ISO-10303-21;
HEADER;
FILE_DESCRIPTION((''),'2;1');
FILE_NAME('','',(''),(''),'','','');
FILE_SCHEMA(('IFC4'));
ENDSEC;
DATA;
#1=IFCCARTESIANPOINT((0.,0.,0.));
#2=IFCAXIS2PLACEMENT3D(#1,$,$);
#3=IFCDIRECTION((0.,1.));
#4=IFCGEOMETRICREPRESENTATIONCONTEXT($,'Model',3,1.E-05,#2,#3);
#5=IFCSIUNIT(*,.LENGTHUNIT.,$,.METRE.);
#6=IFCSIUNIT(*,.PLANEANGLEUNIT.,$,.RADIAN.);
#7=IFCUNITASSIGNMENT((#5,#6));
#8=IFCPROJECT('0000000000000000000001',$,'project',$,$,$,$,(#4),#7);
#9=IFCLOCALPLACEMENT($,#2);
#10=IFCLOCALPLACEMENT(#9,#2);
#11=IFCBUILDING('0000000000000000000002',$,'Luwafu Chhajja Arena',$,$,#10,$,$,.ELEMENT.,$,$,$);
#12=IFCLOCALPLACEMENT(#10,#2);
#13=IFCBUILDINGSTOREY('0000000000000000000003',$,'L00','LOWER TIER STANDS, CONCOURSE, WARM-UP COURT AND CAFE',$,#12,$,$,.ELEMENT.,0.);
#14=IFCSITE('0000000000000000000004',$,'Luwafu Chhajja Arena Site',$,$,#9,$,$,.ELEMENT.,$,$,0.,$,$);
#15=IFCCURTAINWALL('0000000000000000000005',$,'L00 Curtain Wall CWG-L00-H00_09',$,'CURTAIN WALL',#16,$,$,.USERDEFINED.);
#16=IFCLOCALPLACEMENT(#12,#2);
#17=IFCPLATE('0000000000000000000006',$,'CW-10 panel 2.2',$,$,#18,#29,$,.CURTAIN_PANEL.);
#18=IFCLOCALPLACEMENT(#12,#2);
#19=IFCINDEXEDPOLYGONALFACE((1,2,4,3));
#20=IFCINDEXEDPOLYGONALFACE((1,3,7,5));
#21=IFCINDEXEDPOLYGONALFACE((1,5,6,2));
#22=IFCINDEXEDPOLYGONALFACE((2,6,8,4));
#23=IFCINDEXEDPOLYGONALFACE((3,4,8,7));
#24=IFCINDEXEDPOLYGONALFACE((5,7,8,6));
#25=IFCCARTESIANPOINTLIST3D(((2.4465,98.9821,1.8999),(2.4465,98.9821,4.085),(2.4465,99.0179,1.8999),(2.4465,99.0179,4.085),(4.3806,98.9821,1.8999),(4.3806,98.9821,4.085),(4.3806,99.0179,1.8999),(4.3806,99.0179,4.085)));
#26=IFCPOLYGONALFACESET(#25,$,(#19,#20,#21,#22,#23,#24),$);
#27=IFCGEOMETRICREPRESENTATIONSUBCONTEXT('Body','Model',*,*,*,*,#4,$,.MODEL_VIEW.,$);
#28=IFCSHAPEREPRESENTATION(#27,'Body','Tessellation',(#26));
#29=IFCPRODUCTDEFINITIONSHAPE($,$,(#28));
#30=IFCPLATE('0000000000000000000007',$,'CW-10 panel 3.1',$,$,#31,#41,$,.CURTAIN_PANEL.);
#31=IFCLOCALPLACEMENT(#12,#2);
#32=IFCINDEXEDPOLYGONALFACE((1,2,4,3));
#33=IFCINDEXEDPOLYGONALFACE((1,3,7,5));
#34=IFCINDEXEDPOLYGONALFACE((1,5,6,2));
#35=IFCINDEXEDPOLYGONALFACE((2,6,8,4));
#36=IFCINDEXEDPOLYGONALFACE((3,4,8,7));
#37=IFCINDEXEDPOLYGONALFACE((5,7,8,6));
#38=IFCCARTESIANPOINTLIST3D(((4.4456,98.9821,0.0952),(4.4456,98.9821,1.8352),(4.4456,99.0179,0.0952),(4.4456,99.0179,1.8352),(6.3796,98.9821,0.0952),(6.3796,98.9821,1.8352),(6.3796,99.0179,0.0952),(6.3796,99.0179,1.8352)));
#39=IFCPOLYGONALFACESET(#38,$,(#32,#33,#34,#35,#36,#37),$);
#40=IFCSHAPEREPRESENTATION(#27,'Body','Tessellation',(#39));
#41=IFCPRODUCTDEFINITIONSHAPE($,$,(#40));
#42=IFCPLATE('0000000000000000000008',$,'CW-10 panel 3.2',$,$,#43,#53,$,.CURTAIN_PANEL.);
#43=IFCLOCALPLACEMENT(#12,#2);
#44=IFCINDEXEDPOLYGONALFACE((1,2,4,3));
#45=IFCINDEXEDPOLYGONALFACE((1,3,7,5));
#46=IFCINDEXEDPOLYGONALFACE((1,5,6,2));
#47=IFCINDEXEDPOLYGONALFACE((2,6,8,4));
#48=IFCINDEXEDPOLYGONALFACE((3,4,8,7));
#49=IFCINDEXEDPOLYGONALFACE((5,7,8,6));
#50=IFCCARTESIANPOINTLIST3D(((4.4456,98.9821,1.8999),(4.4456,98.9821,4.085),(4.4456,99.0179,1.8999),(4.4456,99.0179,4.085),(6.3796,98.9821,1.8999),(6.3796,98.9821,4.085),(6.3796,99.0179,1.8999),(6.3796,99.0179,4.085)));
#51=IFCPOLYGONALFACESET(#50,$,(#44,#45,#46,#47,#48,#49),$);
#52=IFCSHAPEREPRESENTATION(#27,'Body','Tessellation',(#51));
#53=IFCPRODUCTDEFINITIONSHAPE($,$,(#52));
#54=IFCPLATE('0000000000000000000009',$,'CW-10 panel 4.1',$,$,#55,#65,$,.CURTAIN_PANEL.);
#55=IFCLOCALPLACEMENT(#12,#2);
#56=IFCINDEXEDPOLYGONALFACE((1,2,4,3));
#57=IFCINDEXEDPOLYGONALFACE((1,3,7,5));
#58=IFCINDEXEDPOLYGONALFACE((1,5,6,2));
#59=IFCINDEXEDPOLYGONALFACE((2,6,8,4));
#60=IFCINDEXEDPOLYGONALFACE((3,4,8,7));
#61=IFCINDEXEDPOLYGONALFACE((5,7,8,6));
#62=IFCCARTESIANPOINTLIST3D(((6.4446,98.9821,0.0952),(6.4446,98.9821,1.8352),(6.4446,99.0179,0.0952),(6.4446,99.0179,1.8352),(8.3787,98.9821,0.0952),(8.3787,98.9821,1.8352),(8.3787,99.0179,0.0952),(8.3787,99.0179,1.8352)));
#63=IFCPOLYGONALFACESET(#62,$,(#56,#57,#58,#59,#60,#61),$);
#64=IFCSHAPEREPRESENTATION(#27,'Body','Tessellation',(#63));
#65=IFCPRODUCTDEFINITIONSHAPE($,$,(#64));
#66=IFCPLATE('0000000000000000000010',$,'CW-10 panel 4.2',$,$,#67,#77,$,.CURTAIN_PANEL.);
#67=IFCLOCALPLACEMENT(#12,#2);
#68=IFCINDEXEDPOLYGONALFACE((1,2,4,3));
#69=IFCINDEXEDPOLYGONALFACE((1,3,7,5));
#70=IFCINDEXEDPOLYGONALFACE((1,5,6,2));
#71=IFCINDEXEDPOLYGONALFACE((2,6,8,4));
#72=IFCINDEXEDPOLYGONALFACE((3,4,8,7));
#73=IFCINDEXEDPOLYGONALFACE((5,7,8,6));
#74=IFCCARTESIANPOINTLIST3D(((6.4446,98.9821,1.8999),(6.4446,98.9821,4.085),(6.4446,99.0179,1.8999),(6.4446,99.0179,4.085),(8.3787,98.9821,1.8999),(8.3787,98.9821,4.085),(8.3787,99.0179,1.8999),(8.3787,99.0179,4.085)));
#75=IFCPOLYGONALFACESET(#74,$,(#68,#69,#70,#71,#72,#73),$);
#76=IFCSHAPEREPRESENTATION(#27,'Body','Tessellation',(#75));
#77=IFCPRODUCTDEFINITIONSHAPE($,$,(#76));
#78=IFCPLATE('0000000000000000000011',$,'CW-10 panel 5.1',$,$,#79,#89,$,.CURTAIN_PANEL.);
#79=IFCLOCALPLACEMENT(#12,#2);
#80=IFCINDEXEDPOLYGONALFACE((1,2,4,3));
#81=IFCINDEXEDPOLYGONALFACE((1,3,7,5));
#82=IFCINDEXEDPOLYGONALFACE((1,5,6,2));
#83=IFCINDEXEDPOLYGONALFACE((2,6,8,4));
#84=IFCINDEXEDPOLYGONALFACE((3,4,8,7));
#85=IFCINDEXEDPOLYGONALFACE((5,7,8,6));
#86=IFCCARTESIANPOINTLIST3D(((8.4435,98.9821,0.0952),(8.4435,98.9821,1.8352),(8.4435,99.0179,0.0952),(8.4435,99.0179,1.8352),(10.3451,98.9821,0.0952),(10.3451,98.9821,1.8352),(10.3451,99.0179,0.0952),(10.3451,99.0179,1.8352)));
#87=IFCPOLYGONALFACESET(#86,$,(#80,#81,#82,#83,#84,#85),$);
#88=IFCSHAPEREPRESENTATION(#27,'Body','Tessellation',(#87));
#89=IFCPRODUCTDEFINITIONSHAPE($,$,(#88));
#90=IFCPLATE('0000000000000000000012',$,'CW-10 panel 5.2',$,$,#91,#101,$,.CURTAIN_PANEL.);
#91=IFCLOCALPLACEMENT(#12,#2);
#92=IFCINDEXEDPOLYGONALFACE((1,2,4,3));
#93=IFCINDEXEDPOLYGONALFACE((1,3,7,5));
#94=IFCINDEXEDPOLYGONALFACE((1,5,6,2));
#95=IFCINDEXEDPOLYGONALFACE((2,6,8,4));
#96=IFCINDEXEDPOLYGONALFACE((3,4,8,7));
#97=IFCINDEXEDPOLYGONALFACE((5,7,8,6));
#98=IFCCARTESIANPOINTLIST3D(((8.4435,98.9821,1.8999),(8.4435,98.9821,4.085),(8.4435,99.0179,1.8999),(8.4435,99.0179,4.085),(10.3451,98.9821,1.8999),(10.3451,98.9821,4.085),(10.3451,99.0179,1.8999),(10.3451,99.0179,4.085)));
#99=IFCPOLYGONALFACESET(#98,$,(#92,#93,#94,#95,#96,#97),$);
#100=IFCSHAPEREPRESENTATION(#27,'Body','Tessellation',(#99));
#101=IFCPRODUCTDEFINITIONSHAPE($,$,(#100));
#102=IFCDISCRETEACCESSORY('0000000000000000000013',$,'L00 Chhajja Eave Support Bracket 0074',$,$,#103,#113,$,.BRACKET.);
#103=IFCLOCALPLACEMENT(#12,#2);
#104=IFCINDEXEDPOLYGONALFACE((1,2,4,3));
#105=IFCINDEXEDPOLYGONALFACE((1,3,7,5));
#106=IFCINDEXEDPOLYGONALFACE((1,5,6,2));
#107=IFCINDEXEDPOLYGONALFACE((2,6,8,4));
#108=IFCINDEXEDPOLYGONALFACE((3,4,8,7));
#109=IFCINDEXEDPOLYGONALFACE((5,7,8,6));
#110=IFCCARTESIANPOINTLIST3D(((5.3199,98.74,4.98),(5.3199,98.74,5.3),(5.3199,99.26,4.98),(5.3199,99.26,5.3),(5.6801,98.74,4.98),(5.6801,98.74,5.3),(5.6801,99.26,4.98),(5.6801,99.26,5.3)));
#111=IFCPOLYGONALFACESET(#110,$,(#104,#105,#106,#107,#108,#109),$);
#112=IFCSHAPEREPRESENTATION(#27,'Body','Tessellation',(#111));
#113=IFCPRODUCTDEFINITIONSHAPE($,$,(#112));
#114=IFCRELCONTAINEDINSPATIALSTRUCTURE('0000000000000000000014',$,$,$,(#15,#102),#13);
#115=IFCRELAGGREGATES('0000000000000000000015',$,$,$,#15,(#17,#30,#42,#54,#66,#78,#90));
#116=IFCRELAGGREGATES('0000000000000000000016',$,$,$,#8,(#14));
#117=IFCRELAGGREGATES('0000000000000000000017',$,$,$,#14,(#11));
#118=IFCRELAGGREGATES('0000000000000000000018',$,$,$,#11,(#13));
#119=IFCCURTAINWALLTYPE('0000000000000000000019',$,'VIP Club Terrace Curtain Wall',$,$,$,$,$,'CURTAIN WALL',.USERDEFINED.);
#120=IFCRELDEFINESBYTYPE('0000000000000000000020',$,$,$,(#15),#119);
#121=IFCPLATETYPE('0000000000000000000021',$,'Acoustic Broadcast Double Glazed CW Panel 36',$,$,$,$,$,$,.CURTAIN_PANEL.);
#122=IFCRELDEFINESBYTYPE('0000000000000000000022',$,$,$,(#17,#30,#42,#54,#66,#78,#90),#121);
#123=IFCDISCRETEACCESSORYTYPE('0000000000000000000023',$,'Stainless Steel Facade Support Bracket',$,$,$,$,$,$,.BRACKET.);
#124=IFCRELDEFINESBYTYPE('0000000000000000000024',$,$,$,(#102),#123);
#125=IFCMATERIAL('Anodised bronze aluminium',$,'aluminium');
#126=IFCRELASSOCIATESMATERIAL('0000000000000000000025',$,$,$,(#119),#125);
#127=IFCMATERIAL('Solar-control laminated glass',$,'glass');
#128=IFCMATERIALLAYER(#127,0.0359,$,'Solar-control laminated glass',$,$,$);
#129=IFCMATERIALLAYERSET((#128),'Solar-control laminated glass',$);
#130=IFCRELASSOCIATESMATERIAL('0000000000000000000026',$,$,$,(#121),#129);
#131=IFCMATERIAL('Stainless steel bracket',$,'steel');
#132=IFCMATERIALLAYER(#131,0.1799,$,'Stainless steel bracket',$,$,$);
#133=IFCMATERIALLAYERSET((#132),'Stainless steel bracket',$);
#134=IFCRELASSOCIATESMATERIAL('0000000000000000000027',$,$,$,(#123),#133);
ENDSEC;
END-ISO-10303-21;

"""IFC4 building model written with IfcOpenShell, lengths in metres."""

from ifc_helpers import new_model, si_unit, direction, frame, origin, origin_2d, place, context, subcontext, project, spatial, rectangle, extrude, material, layer, layer_set, type_object, element, aggregate, save


model = new_model("IFC4")

# Units and contexts
model_context = context("Model", 3, precision=1e-05, world=origin(), true_north=direction((0.0, 1.0)))
body_context = subcontext(model_context, "Body", "Model", "MODEL_VIEW")
ifc_project = project(units=[si_unit("LENGTHUNIT", "METRE"), si_unit("PLANEANGLEUNIT", "RADIAN")], contexts=[model_context])

# Site, building, storey
site_placement = place(None, origin())
site = spatial("IfcSite", under=ifc_project, at=site_placement, Name="Luwafu Chhajja Arena Site", CompositionType="ELEMENT", RefElevation=0.0)
building_placement = place(site_placement, origin())
building = spatial("IfcBuilding", under=site, at=building_placement, Name="Luwafu Chhajja Arena", CompositionType="ELEMENT")
storey_placement = place(building_placement, origin())
storey = spatial("IfcBuildingStorey", under=building, at=storey_placement, Name="L00", Description="LOWER TIER STANDS, CONCOURSE, WARM-UP COURT AND CAFE", CompositionType="ELEMENT", Elevation=0.0)

# Curtain wall, plates
ifc_material_1 = material(Name="Anodised bronze aluminium", Category="aluminium")
curtain_wall_type = type_object("IfcCurtainWallType", Name="VIP Club Terrace Curtain Wall", ElementType="CURTAIN WALL", PredefinedType="USERDEFINED", material=ifc_material_1)
curtain_wall_placement = place(storey_placement, origin())
curtain_wall = element("IfcCurtainWall", 1, at=curtain_wall_placement, inside=storey, type_object=curtain_wall_type, Name="L00 Curtain Wall CWG-L00-H00_09", ObjectType="CURTAIN WALL", PredefinedType="USERDEFINED")
ifc_material_2 = material(Name="Solar-control laminated glass", Category="glass")
ifc_layer_1 = layer(ifc_material_2, 0.0359, Name="Solar-control laminated glass")
ifc_layer_set_1 = layer_set([ifc_layer_1], Name="Solar-control laminated glass")
plate_type = type_object("IfcPlateType", Name="Acoustic Broadcast Double Glazed CW Panel 36", PredefinedType="CURTAIN_PANEL", material=ifc_layer_set_1)
plate_1_placement = place(storey_placement, frame((3.4136, 99.0, 1.8999), z_axis=(0.0, 0.0, 1.0), x_axis=(1.0, 0.0, 0.0)))
plate_1 = element("IfcPlate", 2, at=plate_1_placement, type_object=plate_type, Name="CW-10 panel 2.2", PredefinedType="CURTAIN_PANEL", context=body_context, shape_type="SweptSolid", body=[
    extrude(rectangle(XDim=1.9341, YDim=0.0359, at=origin_2d()), origin(), (0.0, 0.0, 1.0), 2.1851),
])
plate_2_placement = place(storey_placement, frame((5.4126, 99.0, 0.0952), z_axis=(0.0, 0.0, 1.0), x_axis=(1.0, 0.0, 0.0)))
plate_2 = element("IfcPlate", 3, at=plate_2_placement, type_object=plate_type, Name="CW-10 panel 3.1", PredefinedType="CURTAIN_PANEL", context=body_context, shape_type="SweptSolid", body=[
    extrude(rectangle(XDim=1.9341, YDim=0.0359, at=origin_2d()), origin(), (0.0, 0.0, 1.0), 1.74),
])
plate_3_placement = place(storey_placement, frame((5.4126, 99.0, 1.8999), z_axis=(0.0, 0.0, 1.0), x_axis=(1.0, 0.0, 0.0)))
plate_3 = element("IfcPlate", 4, at=plate_3_placement, type_object=plate_type, Name="CW-10 panel 3.2", PredefinedType="CURTAIN_PANEL", context=body_context, shape_type="SweptSolid", body=[
    extrude(rectangle(XDim=1.9341, YDim=0.0359, at=origin_2d()), origin(), (0.0, 0.0, 1.0), 2.1851),
])
plate_4_placement = place(storey_placement, frame((7.4116, 99.0, 0.0952), z_axis=(0.0, 0.0, 1.0), x_axis=(1.0, 0.0, 0.0)))
plate_4 = element("IfcPlate", 5, at=plate_4_placement, type_object=plate_type, Name="CW-10 panel 4.1", PredefinedType="CURTAIN_PANEL", context=body_context, shape_type="SweptSolid", body=[
    extrude(rectangle(XDim=1.9341, YDim=0.0359, at=origin_2d()), origin(), (0.0, 0.0, 1.0), 1.74),
])
plate_5_placement = place(storey_placement, frame((7.4116, 99.0, 1.8999), z_axis=(0.0, 0.0, 1.0), x_axis=(1.0, 0.0, 0.0)))
plate_5 = element("IfcPlate", 6, at=plate_5_placement, type_object=plate_type, Name="CW-10 panel 4.2", PredefinedType="CURTAIN_PANEL", context=body_context, shape_type="SweptSolid", body=[
    extrude(rectangle(XDim=1.9341, YDim=0.0359, at=origin_2d()), origin(), (0.0, 0.0, 1.0), 2.1851),
])
plate_6_placement = place(storey_placement, frame((9.3943, 99.0, 0.0952), z_axis=(0.0, 0.0, 1.0), x_axis=(1.0, 0.0, 0.0)))
plate_6 = element("IfcPlate", 7, at=plate_6_placement, type_object=plate_type, Name="CW-10 panel 5.1", PredefinedType="CURTAIN_PANEL", context=body_context, shape_type="SweptSolid", body=[
    extrude(rectangle(XDim=1.9016, YDim=0.0359, at=origin_2d()), origin(), (0.0, 0.0, 1.0), 1.74),
])
plate_7_placement = place(storey_placement, frame((9.3943, 99.0, 1.8999), z_axis=(0.0, 0.0, 1.0), x_axis=(1.0, 0.0, 0.0)))
plate_7 = element("IfcPlate", 8, at=plate_7_placement, type_object=plate_type, Name="CW-10 panel 5.2", PredefinedType="CURTAIN_PANEL", context=body_context, shape_type="SweptSolid", body=[
    extrude(rectangle(XDim=1.9016, YDim=0.0359, at=origin_2d()), origin(), (0.0, 0.0, 1.0), 2.1851),
])
aggregate(curtain_wall, [plate_1, plate_2, plate_3, plate_4, plate_5, plate_6, plate_7])

# Discrete accessory
ifc_material_3 = material(Name="Stainless steel bracket", Category="steel")
ifc_layer_2 = layer(ifc_material_3, 0.1799, Name="Stainless steel bracket")
ifc_layer_set_2 = layer_set([ifc_layer_2], Name="Stainless steel bracket")
discrete_accessory_type = type_object("IfcDiscreteAccessoryType", Name="Stainless Steel Facade Support Bracket", PredefinedType="BRACKET", material=ifc_layer_set_2)
discrete_accessory_placement = place(storey_placement, frame((5.5, 99.0, 4.98), z_axis=(0.0, 0.0, 1.0), x_axis=(1.0, 0.0, 0.0)))
element("IfcDiscreteAccessory", 9, at=discrete_accessory_placement, inside=storey, type_object=discrete_accessory_type, Name="L00 Chhajja Eave Support Bracket 0074", PredefinedType="BRACKET", context=body_context, shape_type="SweptSolid", body=[
    extrude(rectangle(XDim=0.3601, YDim=0.52, at=origin_2d()), origin(), (0.0, 0.0, 1.0), 0.3201),
])

save(model, "model.ifc")
